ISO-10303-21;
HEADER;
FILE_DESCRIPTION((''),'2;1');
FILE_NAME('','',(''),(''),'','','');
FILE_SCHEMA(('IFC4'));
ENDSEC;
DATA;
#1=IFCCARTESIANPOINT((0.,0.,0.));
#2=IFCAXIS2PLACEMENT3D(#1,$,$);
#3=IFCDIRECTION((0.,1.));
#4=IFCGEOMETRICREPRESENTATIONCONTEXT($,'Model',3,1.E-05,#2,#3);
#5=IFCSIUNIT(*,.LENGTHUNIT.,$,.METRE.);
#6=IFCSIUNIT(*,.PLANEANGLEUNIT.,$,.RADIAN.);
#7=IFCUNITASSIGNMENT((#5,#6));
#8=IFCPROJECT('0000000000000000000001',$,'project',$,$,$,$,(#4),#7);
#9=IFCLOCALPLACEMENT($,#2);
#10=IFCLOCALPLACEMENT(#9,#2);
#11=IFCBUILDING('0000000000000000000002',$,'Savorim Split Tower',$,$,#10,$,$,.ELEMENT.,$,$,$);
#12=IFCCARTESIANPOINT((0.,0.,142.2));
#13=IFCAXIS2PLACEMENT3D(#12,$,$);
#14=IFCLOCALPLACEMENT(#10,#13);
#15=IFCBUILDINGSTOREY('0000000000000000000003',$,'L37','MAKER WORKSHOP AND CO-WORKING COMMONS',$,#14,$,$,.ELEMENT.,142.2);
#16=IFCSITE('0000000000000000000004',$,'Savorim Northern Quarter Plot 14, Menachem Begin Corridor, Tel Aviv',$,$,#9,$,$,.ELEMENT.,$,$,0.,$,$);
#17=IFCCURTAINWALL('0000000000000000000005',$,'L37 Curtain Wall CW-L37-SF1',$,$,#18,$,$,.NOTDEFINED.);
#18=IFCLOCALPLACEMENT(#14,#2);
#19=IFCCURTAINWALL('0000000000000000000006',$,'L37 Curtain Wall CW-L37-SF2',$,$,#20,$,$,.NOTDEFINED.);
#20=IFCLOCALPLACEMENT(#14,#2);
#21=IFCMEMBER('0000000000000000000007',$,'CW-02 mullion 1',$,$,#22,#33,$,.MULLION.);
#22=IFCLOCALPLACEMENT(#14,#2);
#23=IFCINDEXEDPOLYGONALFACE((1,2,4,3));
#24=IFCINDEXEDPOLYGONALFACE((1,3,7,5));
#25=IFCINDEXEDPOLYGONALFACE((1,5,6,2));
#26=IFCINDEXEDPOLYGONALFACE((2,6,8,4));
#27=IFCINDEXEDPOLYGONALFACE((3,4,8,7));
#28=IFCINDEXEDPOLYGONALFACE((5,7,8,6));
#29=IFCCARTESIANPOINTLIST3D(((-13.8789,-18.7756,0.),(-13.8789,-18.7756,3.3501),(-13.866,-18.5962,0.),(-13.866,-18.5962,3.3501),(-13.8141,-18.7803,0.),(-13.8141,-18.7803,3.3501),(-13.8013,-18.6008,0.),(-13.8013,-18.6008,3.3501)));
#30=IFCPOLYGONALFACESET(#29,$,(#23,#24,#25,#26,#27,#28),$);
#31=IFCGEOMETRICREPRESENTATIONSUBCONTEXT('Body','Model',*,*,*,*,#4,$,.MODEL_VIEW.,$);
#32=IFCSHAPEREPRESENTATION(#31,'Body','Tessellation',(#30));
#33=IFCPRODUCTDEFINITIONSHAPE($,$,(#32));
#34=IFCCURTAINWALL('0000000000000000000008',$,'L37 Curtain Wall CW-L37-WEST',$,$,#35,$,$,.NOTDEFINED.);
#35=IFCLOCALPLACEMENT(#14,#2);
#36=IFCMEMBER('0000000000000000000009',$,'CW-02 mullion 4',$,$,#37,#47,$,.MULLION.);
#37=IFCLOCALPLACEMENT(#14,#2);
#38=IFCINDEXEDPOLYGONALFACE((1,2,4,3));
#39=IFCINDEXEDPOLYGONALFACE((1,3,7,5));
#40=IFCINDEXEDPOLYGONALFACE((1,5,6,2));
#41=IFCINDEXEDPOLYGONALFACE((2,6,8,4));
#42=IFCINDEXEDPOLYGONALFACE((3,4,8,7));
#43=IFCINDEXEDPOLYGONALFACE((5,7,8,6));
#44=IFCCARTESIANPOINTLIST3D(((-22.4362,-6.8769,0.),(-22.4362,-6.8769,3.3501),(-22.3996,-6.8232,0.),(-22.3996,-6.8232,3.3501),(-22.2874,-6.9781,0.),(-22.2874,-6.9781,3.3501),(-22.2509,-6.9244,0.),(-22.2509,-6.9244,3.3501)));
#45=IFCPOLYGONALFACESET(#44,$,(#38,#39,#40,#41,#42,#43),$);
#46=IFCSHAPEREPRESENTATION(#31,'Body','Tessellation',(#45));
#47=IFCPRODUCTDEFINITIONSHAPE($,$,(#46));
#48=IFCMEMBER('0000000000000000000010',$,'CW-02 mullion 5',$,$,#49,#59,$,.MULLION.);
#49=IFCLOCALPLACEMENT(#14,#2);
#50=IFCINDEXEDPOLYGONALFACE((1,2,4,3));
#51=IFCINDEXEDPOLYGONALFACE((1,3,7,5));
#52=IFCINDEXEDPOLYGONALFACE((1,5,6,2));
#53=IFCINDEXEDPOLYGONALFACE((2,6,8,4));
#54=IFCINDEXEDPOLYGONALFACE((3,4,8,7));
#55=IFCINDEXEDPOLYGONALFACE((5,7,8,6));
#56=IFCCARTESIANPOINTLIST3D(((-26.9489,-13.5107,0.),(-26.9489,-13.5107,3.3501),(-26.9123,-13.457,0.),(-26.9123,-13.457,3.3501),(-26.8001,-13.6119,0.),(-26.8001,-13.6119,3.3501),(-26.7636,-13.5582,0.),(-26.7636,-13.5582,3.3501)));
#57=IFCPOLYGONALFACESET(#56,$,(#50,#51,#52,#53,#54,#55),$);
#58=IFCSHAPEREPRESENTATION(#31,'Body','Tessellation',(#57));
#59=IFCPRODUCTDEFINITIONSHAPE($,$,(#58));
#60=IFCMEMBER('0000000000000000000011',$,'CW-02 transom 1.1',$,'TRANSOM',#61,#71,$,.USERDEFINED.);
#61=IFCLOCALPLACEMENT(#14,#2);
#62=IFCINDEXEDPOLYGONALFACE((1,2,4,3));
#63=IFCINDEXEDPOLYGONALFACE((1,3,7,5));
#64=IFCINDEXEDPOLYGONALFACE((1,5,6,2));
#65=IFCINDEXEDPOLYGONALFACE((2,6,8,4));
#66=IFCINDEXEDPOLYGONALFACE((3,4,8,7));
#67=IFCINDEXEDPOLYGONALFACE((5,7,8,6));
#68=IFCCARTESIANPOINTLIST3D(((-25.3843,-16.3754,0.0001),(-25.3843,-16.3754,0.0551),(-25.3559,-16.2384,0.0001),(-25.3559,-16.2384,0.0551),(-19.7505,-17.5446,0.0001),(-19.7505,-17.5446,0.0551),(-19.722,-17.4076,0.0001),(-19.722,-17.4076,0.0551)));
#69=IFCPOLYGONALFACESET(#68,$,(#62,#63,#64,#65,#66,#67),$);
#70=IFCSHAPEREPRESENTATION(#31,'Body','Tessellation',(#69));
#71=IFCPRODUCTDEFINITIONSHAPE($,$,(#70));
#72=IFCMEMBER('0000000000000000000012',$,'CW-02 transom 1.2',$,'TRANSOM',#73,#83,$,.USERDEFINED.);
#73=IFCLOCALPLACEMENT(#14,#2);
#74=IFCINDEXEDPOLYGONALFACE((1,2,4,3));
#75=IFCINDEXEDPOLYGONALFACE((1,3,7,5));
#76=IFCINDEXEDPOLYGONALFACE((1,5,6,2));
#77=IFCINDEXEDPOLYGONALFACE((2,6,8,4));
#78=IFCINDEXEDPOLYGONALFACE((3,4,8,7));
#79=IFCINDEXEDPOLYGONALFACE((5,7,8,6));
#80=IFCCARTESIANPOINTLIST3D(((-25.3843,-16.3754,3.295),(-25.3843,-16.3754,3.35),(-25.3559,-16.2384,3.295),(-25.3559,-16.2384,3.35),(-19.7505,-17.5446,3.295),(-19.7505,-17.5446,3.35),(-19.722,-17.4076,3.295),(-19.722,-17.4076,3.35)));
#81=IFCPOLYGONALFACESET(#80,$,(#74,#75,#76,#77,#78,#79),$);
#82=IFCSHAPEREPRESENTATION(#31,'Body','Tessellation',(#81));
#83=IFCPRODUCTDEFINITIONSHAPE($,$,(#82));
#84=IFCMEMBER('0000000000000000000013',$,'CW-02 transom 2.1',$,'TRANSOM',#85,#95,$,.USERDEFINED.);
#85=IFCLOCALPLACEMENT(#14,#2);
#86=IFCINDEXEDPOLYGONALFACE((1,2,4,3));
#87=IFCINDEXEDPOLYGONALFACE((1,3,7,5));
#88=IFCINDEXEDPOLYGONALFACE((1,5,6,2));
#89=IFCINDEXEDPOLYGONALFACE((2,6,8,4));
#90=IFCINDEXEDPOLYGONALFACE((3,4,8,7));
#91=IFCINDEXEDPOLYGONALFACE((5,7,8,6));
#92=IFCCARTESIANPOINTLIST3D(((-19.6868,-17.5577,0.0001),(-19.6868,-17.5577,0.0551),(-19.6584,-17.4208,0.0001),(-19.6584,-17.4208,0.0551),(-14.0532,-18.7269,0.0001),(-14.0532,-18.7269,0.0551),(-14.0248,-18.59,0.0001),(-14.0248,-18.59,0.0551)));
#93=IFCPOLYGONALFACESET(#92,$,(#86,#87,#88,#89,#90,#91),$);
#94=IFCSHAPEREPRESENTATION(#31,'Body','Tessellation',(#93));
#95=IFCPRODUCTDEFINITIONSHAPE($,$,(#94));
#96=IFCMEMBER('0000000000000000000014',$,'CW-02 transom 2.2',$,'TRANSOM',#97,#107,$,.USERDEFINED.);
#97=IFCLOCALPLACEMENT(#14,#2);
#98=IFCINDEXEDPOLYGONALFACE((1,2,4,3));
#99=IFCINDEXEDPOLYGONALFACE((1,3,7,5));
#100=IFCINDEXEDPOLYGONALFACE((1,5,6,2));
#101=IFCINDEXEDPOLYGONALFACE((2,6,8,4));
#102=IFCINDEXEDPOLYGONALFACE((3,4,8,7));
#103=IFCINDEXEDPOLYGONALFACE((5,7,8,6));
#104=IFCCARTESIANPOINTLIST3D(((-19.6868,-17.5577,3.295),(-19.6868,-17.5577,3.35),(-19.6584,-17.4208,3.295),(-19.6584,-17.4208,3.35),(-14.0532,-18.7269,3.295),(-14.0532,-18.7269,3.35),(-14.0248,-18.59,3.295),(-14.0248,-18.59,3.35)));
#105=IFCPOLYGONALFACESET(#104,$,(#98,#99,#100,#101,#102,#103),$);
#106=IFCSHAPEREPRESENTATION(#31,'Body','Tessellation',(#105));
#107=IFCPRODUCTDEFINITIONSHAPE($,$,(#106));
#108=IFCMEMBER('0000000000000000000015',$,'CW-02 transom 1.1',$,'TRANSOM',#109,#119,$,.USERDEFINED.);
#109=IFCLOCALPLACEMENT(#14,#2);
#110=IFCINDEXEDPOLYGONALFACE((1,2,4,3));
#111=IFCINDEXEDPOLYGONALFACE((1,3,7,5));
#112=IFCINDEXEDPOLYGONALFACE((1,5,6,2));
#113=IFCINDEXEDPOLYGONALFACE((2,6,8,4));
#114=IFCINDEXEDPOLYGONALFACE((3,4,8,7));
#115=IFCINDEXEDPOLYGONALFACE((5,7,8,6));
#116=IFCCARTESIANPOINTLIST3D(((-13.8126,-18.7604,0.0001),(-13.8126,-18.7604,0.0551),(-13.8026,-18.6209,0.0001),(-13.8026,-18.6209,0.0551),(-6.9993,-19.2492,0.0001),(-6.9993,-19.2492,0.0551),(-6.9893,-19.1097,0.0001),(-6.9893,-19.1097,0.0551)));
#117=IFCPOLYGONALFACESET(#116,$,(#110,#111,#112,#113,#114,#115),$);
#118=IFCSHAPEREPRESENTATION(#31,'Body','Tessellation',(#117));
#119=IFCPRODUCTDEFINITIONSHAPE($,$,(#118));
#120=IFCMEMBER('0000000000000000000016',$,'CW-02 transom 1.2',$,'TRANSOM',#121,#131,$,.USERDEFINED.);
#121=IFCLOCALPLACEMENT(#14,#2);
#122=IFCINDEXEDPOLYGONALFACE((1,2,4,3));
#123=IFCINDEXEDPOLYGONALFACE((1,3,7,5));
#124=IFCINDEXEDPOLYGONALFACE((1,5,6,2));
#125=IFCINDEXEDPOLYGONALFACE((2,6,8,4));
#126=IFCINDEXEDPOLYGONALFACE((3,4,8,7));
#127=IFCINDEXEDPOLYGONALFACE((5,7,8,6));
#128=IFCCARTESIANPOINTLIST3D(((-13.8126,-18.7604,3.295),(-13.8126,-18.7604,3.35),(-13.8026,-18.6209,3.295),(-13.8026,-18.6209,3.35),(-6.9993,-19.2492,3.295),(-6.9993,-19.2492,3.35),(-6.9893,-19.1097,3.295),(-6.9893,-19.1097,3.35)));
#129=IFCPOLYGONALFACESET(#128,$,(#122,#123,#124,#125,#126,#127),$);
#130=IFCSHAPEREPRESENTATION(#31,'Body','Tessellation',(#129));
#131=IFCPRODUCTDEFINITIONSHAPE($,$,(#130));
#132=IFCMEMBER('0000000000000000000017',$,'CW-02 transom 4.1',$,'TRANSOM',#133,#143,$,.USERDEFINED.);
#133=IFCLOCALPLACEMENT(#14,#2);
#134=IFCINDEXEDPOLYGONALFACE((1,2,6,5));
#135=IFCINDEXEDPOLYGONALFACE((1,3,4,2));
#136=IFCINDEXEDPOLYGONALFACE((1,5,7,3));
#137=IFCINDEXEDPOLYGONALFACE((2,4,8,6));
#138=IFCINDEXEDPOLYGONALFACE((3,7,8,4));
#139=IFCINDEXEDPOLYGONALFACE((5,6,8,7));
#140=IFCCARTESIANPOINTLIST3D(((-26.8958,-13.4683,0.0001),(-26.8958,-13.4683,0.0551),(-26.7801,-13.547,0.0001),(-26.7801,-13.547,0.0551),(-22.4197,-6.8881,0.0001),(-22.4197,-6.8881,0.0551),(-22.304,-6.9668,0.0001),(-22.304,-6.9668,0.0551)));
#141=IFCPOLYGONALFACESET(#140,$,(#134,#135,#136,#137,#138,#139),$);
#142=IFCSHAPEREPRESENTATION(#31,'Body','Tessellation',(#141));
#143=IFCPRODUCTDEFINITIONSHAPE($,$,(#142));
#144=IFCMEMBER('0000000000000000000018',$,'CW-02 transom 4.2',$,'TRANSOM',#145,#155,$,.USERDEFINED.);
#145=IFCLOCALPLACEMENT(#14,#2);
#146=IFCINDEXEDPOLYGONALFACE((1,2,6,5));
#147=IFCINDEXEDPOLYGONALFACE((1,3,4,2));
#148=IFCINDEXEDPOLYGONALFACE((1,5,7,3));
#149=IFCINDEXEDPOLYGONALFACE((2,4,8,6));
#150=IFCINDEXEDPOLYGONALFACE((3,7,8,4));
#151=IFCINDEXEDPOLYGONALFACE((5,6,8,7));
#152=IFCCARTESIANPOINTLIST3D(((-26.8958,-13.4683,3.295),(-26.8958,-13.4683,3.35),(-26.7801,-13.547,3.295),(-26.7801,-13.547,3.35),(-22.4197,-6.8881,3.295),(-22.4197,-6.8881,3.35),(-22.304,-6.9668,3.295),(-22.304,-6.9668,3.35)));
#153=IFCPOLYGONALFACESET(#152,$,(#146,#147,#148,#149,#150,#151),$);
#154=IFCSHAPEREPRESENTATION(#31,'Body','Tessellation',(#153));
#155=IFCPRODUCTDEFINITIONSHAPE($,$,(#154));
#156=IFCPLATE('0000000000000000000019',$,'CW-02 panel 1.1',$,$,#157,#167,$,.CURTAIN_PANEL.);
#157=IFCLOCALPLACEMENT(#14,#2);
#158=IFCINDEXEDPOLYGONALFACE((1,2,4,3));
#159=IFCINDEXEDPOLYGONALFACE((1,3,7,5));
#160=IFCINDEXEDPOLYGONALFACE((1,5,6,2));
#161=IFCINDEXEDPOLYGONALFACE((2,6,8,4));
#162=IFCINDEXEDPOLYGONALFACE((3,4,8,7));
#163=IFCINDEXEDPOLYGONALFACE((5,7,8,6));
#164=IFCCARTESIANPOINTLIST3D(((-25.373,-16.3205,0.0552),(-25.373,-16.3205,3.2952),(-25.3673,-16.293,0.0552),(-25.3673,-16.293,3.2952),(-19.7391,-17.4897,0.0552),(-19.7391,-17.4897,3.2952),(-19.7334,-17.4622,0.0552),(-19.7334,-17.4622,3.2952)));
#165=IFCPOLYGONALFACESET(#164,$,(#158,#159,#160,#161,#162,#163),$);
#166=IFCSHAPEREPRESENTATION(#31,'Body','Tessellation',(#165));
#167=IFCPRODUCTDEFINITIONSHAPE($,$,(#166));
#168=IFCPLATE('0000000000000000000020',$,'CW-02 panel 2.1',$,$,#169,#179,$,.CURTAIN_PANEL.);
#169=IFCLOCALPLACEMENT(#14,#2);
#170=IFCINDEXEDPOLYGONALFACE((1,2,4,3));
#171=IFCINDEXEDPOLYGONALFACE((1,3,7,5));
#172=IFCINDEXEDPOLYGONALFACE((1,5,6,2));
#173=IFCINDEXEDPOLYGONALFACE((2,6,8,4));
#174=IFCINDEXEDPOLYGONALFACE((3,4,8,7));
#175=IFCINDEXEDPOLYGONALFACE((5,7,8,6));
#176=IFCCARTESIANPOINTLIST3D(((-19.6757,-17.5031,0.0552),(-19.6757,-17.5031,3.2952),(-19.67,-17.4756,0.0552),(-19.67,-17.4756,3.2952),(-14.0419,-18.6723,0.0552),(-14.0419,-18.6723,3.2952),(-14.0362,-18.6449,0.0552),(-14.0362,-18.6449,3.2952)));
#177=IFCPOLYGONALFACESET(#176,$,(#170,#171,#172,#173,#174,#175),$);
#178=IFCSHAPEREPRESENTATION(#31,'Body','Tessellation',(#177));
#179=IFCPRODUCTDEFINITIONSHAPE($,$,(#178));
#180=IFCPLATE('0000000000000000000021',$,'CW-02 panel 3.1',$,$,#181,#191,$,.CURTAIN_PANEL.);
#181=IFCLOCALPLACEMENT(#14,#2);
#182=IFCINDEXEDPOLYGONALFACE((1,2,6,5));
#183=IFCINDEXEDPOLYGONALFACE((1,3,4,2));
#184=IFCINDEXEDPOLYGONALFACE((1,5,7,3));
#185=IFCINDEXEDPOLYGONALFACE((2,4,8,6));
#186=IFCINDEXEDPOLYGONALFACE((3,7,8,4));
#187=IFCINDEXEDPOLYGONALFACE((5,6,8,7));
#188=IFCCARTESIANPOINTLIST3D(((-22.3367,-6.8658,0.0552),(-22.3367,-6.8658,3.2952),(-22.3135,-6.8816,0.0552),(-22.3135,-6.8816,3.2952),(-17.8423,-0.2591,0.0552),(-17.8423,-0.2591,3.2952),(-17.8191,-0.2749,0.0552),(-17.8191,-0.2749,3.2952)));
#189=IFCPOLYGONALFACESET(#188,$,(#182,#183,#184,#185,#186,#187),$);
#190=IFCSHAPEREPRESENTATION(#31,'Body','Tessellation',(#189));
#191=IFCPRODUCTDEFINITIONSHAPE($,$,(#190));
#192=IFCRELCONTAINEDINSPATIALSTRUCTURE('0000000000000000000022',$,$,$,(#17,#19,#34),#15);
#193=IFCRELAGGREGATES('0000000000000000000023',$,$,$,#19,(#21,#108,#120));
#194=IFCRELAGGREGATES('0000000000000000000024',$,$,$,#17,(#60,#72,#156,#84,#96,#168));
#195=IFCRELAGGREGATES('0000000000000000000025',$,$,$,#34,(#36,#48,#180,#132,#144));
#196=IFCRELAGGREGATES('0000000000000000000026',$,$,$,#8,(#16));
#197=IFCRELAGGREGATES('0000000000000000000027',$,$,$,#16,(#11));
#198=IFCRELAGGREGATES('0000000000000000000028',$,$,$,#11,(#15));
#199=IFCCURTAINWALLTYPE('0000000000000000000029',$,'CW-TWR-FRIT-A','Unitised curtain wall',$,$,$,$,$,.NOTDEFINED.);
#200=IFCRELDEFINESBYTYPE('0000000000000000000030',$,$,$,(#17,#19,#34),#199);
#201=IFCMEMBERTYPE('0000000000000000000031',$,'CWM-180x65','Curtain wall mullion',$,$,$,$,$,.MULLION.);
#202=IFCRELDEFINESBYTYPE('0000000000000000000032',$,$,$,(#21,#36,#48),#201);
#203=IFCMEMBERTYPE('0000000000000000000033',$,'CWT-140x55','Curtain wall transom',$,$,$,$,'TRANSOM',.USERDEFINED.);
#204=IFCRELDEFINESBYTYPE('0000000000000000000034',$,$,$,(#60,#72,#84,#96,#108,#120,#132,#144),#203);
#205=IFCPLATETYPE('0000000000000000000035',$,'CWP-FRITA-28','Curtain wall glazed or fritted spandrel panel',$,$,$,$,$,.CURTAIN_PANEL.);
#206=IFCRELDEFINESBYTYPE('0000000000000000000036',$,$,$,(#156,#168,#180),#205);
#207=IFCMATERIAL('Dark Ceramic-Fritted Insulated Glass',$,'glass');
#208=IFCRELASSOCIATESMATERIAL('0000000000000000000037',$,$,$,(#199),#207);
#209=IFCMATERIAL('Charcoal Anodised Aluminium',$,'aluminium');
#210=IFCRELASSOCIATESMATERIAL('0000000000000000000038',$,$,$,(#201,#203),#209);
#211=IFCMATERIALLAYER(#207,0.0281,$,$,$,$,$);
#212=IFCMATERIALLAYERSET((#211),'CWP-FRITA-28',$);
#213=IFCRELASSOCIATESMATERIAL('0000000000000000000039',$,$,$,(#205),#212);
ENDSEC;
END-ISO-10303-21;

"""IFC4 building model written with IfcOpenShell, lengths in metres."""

from ifc_helpers import new_model, si_unit, direction, frame, origin, origin_2d, place, context, subcontext, project, spatial, rectangle, extrude, material, layer, layer_set, material_profile, profile_set, type_object, element, aggregate, save


model = new_model("IFC4")

# Units and contexts
model_context = context("Model", 3, precision=1e-05, world=origin(), true_north=direction((0.0, 1.0)))
body_context = subcontext(model_context, "Body", "Model", "MODEL_VIEW")
ifc_project = project(units=[si_unit("LENGTHUNIT", "METRE"), si_unit("PLANEANGLEUNIT", "RADIAN")], contexts=[model_context])

# Site, building, storey
site_placement = place(None, origin())
site = spatial("IfcSite", under=ifc_project, at=site_placement, Name="Savorim Northern Quarter Plot 14, Menachem Begin Corridor, Tel Aviv", CompositionType="ELEMENT", RefElevation=0.0)
building_placement = place(site_placement, origin())
building = spatial("IfcBuilding", under=site, at=building_placement, Name="Savorim Split Tower", CompositionType="ELEMENT")
storey_placement = place(building_placement, frame((0.0, 0.0, 142.2)))
storey = spatial("IfcBuildingStorey", under=building, at=storey_placement, Name="L37", Description="MAKER WORKSHOP AND CO-WORKING COMMONS", CompositionType="ELEMENT", Elevation=142.2)

# Curtain wall
ifc_material_1 = material(Name="Dark Ceramic-Fritted Insulated Glass", Category="glass")
curtain_wall_type = type_object("IfcCurtainWallType", Name="CW-TWR-FRIT-A", Description="Unitised curtain wall", PredefinedType="NOTDEFINED", material=ifc_material_1)
curtain_wall_1_placement = place(storey_placement, origin())
curtain_wall_1 = element("IfcCurtainWall", 1, at=curtain_wall_1_placement, inside=storey, type_object=curtain_wall_type, Name="L37 Curtain Wall CW-L37-SF1", PredefinedType="NOTDEFINED")
ifc_material_2 = material(Name="Charcoal Anodised Aluminium", Category="aluminium")
ifc_material_profile_1 = material_profile(ifc_material_2, rectangle(XDim=0.1799, YDim=0.0649, at=origin_2d()), Name="ALU-M 180x65")
ifc_profile_set_1 = profile_set([ifc_material_profile_1], Name="Charcoal Anodised Aluminium")
member_type_1 = type_object("IfcMemberType", Name="CWM-180x65", Description="Curtain wall mullion", PredefinedType="MULLION", material=ifc_profile_set_1)

# Curtain wall, member
curtain_wall_2_placement = place(storey_placement, origin())
curtain_wall_2 = element("IfcCurtainWall", 2, at=curtain_wall_2_placement, inside=storey, type_object=curtain_wall_type, Name="L37 Curtain Wall CW-L37-SF2", PredefinedType="NOTDEFINED")
member_1_placement = place(storey_placement, frame((-13.8401, -18.6882, 0.0), z_axis=(0.0, 0.0, 1.0), x_axis=(0.071561, 0.997436, 0.0)))
member_1 = element("IfcMember", 3, at=member_1_placement, type_object=member_type_1, Name="CW-02 mullion 1", PredefinedType="MULLION", context=body_context, shape_type="SweptSolid", body=[
    extrude(rectangle(XDim=0.1799, YDim=0.0649, at=origin_2d()), origin(), (0.0, 0.0, 1.0), 3.3501),
])

# Curtain wall, members
curtain_wall_3_placement = place(storey_placement, origin())
curtain_wall_3 = element("IfcCurtainWall", 4, at=curtain_wall_3_placement, inside=storey, type_object=curtain_wall_type, Name="L37 Curtain Wall CW-L37-WEST", PredefinedType="NOTDEFINED")
member_2_placement = place(storey_placement, frame((-22.3435, -6.9006, 0.0), z_axis=(0.0, 0.0, 1.0), x_axis=(0.82682, -0.562466, 0.0)))
member_2 = element("IfcMember", 5, at=member_2_placement, type_object=member_type_1, Name="CW-02 mullion 4", PredefinedType="MULLION", context=body_context, shape_type="SweptSolid", body=[
    extrude(rectangle(XDim=0.1799, YDim=0.0649, at=origin_2d()), origin(), (0.0, 0.0, 1.0), 3.3501),
])
member_3_placement = place(storey_placement, frame((-26.8562, -13.5344, 0.0), z_axis=(0.0, 0.0, 1.0), x_axis=(0.82682, -0.562466, 0.0)))
member_3 = element("IfcMember", 6, at=member_3_placement, type_object=member_type_1, Name="CW-02 mullion 5", PredefinedType="MULLION", context=body_context, shape_type="SweptSolid", body=[
    extrude(rectangle(XDim=0.1799, YDim=0.0649, at=origin_2d()), origin(), (0.0, 0.0, 1.0), 3.3501),
])

# Members
ifc_material_profile_2 = material_profile(ifc_material_2, rectangle(XDim=0.1399, YDim=0.0549, at=origin_2d()), Name="ALU-T 140x55")
ifc_profile_set_2 = profile_set([ifc_material_profile_2], Name="Charcoal Anodised Aluminium")
member_type_2 = type_object("IfcMemberType", Name="CWT-140x55", Description="Curtain wall transom", ElementType="TRANSOM", PredefinedType="USERDEFINED", material=ifc_profile_set_2)
member_4_placement = place(storey_placement, frame((-25.3701, -16.3069, 0.0276), z_axis=(0.979137, -0.203202, 0.0), x_axis=(0.203202, 0.979137, 0.0)))
member_4 = element("IfcMember", 7, at=member_4_placement, type_object=member_type_2, Name="CW-02 transom 1.1", ObjectType="TRANSOM", PredefinedType="USERDEFINED", context=body_context, shape_type="SweptSolid", body=[
    extrude(rectangle(XDim=0.1399, YDim=0.0549, at=origin_2d()), origin(), (0.0, 0.0, 1.0), 5.7539),
])
member_5_placement = place(storey_placement, frame((-25.3701, -16.3069, 3.3225), z_axis=(0.979137, -0.203202, 0.0), x_axis=(0.203202, 0.979137, 0.0)))
member_5 = element("IfcMember", 8, at=member_5_placement, type_object=member_type_2, Name="CW-02 transom 1.2", ObjectType="TRANSOM", PredefinedType="USERDEFINED", context=body_context, shape_type="SweptSolid", body=[
    extrude(rectangle(XDim=0.1399, YDim=0.0549, at=origin_2d()), origin(), (0.0, 0.0, 1.0), 5.7539),
])
member_6_placement = place(storey_placement, frame((-19.6726, -17.4893, 0.0276), z_axis=(0.979135, -0.20321, 0.0), x_axis=(0.20321, 0.979135, 0.0)))
member_6 = element("IfcMember", 9, at=member_6_placement, type_object=member_type_2, Name="CW-02 transom 2.1", ObjectType="TRANSOM", PredefinedType="USERDEFINED", context=body_context, shape_type="SweptSolid", body=[
    extrude(rectangle(XDim=0.1399, YDim=0.0549, at=origin_2d()), origin(), (0.0, 0.0, 1.0), 5.7537),
])
member_7_placement = place(storey_placement, frame((-19.6726, -17.4893, 3.3225), z_axis=(0.979135, -0.20321, 0.0), x_axis=(0.20321, 0.979135, 0.0)))
member_7 = element("IfcMember", 10, at=member_7_placement, type_object=member_type_2, Name="CW-02 transom 2.2", ObjectType="TRANSOM", PredefinedType="USERDEFINED", context=body_context, shape_type="SweptSolid", body=[
    extrude(rectangle(XDim=0.1399, YDim=0.0549, at=origin_2d()), origin(), (0.0, 0.0, 1.0), 5.7537),
])
member_8_placement = place(storey_placement, frame((-13.8076, -18.6907, 0.0276), z_axis=(0.997437, -0.071554, 0.0), x_axis=(0.071554, 0.997437, 0.0)))
member_8 = element("IfcMember", 11, at=member_8_placement, type_object=member_type_2, Name="CW-02 transom 1.1", ObjectType="TRANSOM", PredefinedType="USERDEFINED", context=body_context, shape_type="SweptSolid", body=[
    extrude(rectangle(XDim=0.1399, YDim=0.0549, at=origin_2d()), origin(), (0.0, 0.0, 1.0), 6.8308),
])
member_9_placement = place(storey_placement, frame((-13.8076, -18.6907, 3.3225), z_axis=(0.997437, -0.071554, 0.0), x_axis=(0.071554, 0.997437, 0.0)))
member_9 = element("IfcMember", 12, at=member_9_placement, type_object=member_type_2, Name="CW-02 transom 1.2", ObjectType="TRANSOM", PredefinedType="USERDEFINED", context=body_context, shape_type="SweptSolid", body=[
    extrude(rectangle(XDim=0.1399, YDim=0.0549, at=origin_2d()), origin(), (0.0, 0.0, 1.0), 6.8308),
])
aggregate(curtain_wall_2, [member_1, member_8, member_9])
member_10_placement = place(storey_placement, frame((-22.3618, -6.9275, 0.0276), z_axis=(-0.562449, -0.826832, 0.0), x_axis=(0.826832, -0.562449, 0.0)))
member_10 = element("IfcMember", 13, at=member_10_placement, type_object=member_type_2, Name="CW-02 transom 4.1", ObjectType="TRANSOM", PredefinedType="USERDEFINED", context=body_context, shape_type="SweptSolid", body=[
    extrude(rectangle(XDim=0.1399, YDim=0.0549, at=origin_2d()), origin(), (0.0, 0.0, 1.0), 7.9583),
])
member_11_placement = place(storey_placement, frame((-22.3618, -6.9275, 3.3225), z_axis=(-0.562449, -0.826832, 0.0), x_axis=(0.826832, -0.562449, 0.0)))
member_11 = element("IfcMember", 14, at=member_11_placement, type_object=member_type_2, Name="CW-02 transom 4.2", ObjectType="TRANSOM", PredefinedType="USERDEFINED", context=body_context, shape_type="SweptSolid", body=[
    extrude(rectangle(XDim=0.1399, YDim=0.0549, at=origin_2d()), origin(), (0.0, 0.0, 1.0), 7.9583),
])

# Plates
ifc_layer_1 = layer(ifc_material_1, 0.0281)
ifc_layer_set_1 = layer_set([ifc_layer_1], Name="CWP-FRITA-28")
plate_type = type_object("IfcPlateType", Name="CWP-FRITA-28", Description="Curtain wall glazed or fritted spandrel panel", PredefinedType="CURTAIN_PANEL", material=ifc_layer_set_1)
plate_1_placement = place(storey_placement, frame((-22.5532, -16.8914, 0.0552), z_axis=(0.0, 0.0, 1.0), x_axis=(0.979135, -0.20321, 0.0)))
plate_1 = element("IfcPlate", 15, at=plate_1_placement, type_object=plate_type, Name="CW-02 panel 1.1", PredefinedType="CURTAIN_PANEL", context=body_context, shape_type="SweptSolid", body=[
    extrude(rectangle(XDim=5.7539, YDim=0.0281, at=origin_2d()), origin(), (0.0, 0.0, 1.0), 3.24),
])
plate_2_placement = place(storey_placement, frame((-16.856, -18.074, 0.0552), z_axis=(0.0, 0.0, 1.0), x_axis=(0.979135, -0.20321, 0.0)))
plate_2 = element("IfcPlate", 16, at=plate_2_placement, type_object=plate_type, Name="CW-02 panel 2.1", PredefinedType="CURTAIN_PANEL", context=body_context, shape_type="SweptSolid", body=[
    extrude(rectangle(XDim=5.7539, YDim=0.0281, at=origin_2d()), origin(), (0.0, 0.0, 1.0), 3.24),
])
aggregate(curtain_wall_1, [member_4, member_5, plate_1, member_6, member_7, plate_2])
plate_3_placement = place(storey_placement, frame((-20.0779, -3.5703, 0.0552), z_axis=(0.0, 0.0, 1.0), x_axis=(-0.562466, -0.82682, 0.0)))
plate_3 = element("IfcPlate", 17, at=plate_3_placement, type_object=plate_type, Name="CW-02 panel 3.1", PredefinedType="CURTAIN_PANEL", context=body_context, shape_type="SweptSolid", body=[
    extrude(rectangle(XDim=7.9905, YDim=0.0281, at=origin_2d()), origin(), (0.0, 0.0, 1.0), 3.24),
])
aggregate(curtain_wall_3, [member_2, member_3, plate_3, member_10, member_11])

save(model, "model.ifc")
